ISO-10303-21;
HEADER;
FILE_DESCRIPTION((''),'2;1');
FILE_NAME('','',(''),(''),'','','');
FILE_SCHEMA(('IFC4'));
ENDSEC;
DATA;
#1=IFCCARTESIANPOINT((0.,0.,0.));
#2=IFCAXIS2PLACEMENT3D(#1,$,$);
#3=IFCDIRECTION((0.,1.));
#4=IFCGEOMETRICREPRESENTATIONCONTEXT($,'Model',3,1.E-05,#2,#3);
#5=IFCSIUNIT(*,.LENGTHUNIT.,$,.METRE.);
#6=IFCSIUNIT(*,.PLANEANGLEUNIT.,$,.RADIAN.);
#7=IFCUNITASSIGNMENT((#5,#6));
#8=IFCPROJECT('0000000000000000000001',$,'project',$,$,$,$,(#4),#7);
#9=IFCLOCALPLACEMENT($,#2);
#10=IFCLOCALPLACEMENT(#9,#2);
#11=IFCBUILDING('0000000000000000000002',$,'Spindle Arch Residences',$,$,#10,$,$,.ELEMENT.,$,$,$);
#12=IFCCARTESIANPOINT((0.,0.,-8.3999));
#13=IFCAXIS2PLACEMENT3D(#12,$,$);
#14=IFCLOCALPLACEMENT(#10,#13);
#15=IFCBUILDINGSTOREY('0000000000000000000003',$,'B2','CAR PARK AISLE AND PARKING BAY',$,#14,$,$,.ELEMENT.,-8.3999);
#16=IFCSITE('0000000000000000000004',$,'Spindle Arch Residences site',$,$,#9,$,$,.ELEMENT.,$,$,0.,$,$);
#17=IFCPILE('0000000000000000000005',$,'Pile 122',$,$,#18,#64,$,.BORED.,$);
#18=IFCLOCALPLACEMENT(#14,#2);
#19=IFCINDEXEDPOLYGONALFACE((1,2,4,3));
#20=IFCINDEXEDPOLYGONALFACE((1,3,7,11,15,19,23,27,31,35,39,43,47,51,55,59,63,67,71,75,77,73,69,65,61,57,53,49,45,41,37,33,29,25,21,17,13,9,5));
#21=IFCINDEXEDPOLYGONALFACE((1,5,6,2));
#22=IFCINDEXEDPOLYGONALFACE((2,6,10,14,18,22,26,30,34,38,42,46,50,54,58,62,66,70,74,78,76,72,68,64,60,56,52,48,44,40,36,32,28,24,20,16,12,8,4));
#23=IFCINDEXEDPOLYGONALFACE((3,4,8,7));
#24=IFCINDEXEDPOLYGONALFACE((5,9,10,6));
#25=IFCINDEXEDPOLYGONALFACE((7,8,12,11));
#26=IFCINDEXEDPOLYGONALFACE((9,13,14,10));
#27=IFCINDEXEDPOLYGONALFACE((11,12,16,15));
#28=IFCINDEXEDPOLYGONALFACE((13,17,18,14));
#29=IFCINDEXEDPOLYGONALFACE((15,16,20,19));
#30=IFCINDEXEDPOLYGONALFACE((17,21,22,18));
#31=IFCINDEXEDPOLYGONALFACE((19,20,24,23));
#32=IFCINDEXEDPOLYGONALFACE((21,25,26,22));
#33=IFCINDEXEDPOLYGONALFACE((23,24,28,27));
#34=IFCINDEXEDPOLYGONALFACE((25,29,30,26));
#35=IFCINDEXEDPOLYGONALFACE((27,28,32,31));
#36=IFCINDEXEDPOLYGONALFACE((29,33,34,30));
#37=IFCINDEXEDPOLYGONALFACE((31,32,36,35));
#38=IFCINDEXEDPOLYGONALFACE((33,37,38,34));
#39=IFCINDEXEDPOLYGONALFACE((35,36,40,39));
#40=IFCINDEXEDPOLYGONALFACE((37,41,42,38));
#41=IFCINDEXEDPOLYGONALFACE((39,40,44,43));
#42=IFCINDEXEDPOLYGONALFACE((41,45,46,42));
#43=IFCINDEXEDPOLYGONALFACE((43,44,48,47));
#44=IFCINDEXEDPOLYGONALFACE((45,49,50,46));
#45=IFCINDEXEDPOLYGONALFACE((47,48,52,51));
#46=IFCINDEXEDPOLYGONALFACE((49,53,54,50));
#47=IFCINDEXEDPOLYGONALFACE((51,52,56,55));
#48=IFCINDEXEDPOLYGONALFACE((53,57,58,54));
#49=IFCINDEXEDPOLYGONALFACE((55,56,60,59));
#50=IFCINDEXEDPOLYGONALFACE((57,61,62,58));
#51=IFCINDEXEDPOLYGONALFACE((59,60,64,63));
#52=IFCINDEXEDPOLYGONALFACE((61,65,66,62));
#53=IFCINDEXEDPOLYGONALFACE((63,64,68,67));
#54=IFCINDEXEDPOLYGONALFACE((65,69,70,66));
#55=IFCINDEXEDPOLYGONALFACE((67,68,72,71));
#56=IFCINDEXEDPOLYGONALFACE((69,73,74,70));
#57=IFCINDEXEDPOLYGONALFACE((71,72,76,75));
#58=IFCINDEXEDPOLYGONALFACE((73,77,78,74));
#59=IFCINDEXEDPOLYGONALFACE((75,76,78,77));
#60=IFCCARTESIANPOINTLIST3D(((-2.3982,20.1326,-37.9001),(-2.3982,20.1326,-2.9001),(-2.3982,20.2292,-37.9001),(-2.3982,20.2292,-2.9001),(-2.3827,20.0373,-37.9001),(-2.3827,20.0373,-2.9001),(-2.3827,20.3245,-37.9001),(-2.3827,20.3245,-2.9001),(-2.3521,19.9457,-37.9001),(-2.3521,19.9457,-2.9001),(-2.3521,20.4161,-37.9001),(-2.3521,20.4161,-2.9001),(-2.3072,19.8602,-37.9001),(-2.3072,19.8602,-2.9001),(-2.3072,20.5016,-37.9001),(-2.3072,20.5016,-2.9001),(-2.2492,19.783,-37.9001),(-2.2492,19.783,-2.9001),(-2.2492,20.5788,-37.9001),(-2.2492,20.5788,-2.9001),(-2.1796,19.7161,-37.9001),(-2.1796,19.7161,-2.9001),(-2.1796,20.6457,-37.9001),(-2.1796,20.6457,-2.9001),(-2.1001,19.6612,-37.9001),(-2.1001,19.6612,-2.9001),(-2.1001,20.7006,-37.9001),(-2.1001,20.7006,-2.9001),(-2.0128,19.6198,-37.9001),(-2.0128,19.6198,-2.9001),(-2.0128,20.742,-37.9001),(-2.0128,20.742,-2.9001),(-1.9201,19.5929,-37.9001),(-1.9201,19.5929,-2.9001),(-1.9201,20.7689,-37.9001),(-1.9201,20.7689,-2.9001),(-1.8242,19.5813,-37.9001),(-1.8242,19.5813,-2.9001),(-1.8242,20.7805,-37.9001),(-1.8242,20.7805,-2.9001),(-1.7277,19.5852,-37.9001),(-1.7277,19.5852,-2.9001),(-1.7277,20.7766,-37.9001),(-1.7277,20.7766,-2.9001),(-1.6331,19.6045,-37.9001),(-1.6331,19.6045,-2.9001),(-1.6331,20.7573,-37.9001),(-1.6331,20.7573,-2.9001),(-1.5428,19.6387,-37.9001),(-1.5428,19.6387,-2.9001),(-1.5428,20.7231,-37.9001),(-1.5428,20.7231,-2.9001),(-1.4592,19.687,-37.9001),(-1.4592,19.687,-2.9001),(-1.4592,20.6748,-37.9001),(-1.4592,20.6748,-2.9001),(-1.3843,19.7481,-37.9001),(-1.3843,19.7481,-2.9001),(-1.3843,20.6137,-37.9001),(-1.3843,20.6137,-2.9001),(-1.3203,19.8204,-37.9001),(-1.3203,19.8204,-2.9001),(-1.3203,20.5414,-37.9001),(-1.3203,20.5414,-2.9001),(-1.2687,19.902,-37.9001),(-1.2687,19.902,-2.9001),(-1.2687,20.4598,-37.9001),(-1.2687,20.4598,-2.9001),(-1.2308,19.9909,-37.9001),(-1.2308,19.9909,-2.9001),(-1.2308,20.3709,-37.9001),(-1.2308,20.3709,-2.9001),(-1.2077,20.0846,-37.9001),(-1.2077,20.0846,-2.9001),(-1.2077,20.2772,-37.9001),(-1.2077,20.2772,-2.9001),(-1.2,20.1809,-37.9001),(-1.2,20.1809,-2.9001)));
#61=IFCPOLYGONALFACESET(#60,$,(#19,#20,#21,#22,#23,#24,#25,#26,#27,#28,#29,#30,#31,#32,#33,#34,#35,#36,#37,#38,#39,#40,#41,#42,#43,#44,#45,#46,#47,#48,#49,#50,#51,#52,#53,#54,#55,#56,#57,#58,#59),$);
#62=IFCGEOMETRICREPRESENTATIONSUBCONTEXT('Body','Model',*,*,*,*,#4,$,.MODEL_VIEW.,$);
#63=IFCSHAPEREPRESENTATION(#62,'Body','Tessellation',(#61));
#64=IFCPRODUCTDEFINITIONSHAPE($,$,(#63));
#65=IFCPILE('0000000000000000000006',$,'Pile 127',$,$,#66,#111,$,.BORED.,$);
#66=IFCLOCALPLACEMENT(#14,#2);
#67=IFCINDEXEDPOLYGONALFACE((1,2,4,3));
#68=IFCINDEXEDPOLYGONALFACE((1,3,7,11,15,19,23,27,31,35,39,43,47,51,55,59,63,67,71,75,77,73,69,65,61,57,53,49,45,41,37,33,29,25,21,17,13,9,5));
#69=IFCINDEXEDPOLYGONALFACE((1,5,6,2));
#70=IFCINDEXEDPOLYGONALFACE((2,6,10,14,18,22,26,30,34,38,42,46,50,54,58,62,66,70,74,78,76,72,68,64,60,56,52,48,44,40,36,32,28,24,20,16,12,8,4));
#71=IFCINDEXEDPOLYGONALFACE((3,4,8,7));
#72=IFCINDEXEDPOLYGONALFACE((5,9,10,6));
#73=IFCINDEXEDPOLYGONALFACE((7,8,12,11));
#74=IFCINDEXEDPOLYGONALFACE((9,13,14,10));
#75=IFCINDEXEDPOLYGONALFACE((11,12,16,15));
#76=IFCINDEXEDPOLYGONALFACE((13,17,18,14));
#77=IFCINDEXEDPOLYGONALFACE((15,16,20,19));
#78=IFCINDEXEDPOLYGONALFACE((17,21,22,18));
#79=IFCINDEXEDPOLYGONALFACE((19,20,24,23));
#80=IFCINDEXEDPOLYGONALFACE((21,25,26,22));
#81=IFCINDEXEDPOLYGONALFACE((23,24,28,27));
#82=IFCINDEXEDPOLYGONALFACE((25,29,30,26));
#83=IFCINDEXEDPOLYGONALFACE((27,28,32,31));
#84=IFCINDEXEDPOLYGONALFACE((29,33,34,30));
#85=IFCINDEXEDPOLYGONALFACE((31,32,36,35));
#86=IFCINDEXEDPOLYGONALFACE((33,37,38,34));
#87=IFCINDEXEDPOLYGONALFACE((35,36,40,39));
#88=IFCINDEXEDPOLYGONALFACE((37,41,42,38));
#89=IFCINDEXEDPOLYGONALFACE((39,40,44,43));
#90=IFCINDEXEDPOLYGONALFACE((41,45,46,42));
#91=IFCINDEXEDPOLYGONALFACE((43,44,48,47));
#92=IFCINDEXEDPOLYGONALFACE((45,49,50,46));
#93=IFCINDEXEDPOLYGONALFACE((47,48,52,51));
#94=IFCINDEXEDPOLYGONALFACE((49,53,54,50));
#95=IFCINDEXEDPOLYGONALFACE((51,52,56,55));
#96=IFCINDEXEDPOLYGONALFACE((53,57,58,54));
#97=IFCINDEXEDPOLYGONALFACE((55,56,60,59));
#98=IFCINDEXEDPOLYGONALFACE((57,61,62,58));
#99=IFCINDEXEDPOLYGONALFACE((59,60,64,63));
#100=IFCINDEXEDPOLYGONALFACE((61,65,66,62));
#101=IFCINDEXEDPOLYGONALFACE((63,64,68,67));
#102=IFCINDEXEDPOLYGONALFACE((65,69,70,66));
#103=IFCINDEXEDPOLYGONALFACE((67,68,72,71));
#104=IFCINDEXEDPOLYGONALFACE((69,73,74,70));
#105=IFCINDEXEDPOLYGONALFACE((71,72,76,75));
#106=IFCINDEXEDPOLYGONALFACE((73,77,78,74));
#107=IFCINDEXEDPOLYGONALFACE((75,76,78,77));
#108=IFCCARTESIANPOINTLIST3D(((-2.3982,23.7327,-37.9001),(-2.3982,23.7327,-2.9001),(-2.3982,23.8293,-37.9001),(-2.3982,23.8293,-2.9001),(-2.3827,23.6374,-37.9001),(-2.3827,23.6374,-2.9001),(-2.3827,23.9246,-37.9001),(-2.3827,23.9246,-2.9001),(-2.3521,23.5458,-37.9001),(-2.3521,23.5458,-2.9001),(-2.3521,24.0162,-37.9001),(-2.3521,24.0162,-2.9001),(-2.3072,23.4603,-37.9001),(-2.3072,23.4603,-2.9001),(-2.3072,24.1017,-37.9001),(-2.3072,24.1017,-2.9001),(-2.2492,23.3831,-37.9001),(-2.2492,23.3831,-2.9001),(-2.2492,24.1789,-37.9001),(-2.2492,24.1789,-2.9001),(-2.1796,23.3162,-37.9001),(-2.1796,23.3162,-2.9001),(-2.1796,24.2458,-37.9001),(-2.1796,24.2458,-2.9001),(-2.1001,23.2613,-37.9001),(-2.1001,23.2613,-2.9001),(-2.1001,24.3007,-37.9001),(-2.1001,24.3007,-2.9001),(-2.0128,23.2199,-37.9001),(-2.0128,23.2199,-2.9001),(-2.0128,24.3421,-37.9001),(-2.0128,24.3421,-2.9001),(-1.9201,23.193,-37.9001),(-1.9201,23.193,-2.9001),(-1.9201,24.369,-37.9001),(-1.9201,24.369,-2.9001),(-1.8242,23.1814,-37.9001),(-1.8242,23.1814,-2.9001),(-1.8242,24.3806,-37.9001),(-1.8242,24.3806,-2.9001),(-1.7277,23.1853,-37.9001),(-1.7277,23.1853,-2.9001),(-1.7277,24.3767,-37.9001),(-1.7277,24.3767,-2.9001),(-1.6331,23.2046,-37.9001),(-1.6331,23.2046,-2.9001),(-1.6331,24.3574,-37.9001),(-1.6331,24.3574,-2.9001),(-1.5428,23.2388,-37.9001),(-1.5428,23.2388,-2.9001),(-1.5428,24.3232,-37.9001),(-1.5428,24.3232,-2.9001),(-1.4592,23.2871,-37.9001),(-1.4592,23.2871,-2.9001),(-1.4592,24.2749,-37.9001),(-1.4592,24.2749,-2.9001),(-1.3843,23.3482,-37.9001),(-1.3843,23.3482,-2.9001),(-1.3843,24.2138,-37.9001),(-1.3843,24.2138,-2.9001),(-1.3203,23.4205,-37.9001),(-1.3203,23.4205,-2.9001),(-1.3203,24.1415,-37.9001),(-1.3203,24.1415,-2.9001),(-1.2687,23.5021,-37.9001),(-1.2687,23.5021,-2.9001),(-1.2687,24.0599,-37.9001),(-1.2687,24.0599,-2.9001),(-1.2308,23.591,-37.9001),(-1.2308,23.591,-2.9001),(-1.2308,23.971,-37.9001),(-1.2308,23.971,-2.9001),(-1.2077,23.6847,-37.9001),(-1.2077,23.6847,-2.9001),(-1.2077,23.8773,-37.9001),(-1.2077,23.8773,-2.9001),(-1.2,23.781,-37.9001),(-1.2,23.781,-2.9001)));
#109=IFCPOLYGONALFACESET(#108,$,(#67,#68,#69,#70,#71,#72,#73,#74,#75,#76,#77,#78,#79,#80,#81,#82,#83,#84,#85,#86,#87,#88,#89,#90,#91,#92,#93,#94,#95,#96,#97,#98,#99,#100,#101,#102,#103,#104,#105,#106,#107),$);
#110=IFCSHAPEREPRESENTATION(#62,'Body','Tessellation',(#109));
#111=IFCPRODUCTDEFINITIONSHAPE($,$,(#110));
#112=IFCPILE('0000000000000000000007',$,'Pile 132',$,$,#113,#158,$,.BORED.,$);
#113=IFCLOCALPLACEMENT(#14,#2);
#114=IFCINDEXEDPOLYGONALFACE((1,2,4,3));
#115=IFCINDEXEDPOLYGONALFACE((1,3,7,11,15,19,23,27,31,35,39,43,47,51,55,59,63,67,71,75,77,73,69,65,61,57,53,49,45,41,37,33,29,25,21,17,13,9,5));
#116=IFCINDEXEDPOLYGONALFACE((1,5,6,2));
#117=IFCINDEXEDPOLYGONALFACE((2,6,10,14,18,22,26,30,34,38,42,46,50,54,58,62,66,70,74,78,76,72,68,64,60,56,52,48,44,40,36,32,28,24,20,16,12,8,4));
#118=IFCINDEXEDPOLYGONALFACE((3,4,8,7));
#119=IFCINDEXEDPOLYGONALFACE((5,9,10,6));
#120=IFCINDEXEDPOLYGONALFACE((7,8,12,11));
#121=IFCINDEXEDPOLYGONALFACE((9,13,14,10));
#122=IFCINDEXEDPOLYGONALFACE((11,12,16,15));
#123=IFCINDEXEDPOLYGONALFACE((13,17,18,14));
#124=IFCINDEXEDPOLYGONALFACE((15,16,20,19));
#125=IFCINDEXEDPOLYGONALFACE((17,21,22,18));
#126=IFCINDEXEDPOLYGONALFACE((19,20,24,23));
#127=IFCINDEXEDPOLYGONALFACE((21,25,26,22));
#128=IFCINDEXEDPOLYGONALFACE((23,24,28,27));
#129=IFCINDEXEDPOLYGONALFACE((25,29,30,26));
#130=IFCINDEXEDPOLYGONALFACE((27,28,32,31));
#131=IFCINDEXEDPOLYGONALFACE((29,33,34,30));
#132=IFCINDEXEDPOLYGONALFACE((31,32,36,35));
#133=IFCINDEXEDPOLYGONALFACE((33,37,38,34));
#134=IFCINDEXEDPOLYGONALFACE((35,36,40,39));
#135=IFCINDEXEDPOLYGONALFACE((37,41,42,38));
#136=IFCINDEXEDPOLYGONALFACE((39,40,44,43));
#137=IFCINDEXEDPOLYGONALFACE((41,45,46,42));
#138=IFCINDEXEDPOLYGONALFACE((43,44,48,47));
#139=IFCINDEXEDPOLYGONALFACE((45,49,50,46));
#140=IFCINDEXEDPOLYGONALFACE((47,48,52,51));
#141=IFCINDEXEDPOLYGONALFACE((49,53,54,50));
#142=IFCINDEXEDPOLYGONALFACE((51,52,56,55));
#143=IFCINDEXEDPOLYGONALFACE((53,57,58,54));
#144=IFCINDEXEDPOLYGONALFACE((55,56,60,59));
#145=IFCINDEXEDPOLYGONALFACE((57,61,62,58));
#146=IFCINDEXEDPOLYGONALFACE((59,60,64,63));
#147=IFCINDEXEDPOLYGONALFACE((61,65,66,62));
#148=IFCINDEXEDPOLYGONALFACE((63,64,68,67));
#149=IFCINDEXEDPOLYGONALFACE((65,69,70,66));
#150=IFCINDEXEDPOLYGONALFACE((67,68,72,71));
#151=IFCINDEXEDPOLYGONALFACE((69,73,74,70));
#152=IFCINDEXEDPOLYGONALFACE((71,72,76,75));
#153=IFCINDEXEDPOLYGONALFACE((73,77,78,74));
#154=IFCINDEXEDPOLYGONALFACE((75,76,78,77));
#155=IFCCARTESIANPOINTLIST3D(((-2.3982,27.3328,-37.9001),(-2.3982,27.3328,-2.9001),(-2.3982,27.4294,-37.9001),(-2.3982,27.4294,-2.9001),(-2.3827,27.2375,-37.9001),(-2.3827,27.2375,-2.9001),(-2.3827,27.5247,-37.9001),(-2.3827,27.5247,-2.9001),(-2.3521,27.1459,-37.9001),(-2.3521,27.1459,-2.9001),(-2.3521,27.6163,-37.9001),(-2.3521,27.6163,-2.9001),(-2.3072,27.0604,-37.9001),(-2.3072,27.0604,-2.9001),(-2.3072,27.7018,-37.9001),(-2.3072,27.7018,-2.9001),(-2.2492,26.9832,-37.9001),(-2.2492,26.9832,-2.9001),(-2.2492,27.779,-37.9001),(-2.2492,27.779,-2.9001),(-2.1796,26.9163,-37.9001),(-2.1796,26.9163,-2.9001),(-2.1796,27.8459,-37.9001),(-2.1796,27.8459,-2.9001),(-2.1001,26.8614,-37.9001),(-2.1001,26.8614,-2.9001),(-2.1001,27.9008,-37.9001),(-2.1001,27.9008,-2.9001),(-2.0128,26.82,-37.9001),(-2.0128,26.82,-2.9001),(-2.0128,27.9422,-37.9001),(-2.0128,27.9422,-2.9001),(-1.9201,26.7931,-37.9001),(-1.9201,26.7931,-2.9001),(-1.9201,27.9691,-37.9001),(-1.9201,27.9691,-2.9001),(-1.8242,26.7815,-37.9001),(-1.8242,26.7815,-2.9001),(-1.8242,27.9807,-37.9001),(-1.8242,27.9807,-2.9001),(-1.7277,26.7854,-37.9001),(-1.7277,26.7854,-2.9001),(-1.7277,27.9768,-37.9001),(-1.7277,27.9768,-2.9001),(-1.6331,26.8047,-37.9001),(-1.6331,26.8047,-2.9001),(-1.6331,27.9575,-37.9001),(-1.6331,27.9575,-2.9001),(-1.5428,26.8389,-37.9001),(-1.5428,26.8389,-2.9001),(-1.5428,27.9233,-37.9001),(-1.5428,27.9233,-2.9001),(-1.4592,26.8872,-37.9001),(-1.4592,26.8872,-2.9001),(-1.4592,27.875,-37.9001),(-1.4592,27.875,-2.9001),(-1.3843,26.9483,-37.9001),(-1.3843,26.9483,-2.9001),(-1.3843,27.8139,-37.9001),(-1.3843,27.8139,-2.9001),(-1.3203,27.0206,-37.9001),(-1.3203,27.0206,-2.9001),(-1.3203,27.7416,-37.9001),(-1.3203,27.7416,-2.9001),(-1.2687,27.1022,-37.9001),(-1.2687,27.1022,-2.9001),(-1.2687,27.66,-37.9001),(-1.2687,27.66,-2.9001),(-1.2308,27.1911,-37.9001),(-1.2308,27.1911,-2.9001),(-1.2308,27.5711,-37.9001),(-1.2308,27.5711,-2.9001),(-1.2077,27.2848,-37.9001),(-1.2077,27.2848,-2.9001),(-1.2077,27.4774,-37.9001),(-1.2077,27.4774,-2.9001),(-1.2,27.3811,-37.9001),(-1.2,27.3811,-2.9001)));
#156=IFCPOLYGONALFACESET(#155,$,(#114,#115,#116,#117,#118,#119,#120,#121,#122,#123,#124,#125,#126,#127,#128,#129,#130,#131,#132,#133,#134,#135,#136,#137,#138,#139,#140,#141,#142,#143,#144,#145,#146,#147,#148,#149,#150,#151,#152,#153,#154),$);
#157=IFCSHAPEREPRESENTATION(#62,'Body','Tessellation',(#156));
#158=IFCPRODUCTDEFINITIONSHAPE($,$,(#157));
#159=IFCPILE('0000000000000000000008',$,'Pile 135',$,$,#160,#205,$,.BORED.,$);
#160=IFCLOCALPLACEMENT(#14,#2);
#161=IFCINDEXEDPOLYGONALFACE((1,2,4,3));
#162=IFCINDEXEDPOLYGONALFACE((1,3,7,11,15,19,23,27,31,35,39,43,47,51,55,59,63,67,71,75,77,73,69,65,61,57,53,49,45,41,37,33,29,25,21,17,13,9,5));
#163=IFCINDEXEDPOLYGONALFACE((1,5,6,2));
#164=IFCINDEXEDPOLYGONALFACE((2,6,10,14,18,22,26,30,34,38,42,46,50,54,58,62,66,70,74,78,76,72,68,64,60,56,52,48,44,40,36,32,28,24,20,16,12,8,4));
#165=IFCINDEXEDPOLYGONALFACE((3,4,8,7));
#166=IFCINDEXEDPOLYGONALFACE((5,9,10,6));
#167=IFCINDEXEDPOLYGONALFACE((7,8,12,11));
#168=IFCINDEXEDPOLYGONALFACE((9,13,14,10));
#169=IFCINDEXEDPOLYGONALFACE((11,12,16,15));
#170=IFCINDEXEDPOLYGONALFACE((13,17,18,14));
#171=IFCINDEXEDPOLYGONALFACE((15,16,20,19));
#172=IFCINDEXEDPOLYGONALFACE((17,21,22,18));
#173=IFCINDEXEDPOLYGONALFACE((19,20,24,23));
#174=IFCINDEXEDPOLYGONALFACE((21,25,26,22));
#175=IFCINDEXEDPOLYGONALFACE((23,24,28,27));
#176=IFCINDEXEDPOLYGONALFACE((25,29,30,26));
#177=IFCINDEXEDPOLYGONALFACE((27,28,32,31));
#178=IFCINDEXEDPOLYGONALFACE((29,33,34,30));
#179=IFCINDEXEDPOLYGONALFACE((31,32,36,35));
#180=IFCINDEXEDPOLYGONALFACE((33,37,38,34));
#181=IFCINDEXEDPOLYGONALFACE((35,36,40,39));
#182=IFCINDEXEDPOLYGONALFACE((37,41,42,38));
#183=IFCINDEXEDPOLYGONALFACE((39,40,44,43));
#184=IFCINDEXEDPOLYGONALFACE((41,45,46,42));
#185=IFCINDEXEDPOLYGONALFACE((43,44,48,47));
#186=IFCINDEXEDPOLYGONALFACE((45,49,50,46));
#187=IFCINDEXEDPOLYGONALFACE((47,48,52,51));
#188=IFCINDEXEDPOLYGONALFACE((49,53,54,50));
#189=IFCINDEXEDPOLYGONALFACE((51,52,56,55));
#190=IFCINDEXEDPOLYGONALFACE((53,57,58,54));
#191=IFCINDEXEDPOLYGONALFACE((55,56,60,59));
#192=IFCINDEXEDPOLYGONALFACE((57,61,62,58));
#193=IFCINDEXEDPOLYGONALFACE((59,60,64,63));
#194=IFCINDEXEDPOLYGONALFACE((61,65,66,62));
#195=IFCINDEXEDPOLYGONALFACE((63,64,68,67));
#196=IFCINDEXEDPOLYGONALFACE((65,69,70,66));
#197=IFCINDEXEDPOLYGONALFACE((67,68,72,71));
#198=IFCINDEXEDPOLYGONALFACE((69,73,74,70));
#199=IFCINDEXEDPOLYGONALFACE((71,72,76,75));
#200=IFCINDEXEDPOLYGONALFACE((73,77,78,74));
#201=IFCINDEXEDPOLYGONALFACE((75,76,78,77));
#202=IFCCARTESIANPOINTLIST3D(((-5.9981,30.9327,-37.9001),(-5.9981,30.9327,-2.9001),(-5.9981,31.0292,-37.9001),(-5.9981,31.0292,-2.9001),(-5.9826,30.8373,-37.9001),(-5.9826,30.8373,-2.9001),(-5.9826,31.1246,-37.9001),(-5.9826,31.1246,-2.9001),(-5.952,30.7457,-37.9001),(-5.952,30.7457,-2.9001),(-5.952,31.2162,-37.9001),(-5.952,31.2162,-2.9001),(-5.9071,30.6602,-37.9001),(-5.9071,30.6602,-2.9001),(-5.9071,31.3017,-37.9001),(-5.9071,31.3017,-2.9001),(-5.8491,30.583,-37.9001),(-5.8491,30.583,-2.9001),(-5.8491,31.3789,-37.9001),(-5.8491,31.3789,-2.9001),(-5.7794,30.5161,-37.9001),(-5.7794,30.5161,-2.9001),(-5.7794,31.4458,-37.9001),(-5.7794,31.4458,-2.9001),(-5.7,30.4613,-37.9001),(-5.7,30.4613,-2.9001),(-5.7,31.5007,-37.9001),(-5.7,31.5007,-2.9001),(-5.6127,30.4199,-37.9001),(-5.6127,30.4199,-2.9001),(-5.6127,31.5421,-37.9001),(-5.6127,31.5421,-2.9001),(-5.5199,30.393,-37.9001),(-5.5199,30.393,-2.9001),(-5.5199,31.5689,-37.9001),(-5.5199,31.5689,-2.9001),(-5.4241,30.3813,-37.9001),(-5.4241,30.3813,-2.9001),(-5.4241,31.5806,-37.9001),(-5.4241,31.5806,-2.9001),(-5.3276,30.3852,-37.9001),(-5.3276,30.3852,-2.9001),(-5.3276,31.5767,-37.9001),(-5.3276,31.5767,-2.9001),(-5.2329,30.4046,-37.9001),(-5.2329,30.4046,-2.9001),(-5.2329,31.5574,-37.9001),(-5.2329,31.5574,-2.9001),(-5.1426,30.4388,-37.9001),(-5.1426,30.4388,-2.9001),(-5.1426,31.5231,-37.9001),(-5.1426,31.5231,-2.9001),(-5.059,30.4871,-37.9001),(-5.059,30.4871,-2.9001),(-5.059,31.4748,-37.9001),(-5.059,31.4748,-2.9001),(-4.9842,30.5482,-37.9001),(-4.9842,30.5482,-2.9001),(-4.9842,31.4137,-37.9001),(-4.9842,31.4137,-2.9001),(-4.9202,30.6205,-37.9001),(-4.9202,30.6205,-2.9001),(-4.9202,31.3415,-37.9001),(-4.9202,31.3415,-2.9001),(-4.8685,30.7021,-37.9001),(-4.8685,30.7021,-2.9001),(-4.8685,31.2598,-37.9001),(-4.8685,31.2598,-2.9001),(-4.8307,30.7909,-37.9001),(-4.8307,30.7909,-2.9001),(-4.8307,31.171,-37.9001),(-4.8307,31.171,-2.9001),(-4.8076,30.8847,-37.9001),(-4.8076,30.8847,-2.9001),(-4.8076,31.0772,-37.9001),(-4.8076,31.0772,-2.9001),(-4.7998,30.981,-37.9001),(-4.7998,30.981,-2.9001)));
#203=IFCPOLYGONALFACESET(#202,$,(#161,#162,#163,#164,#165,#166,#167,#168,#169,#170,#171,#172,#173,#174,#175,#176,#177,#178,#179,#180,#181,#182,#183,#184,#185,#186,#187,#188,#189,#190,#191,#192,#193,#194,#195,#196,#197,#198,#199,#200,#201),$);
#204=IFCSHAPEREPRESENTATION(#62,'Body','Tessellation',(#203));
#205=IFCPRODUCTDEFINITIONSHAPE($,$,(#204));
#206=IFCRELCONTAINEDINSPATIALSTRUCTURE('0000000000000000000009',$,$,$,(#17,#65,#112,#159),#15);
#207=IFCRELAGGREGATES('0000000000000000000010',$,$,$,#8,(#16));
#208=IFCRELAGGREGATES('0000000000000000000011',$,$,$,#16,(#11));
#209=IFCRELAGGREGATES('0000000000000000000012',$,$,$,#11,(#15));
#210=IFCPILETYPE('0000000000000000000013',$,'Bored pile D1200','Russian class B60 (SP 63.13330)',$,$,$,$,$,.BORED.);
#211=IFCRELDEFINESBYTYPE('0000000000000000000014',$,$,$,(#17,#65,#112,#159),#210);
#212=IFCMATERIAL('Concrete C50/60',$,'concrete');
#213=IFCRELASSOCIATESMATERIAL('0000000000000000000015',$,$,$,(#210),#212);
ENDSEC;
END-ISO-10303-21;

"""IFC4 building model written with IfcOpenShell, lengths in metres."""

from ifc_helpers import new_model, si_unit, direction, frame, origin, origin_2d, place, context, subcontext, project, spatial, circle, extrude, material, material_profile, profile_set, type_object, element, save


model = new_model("IFC4")

# Units and contexts
model_context = context("Model", 3, precision=1e-05, world=origin(), true_north=direction((0.0, 1.0)))
body_context = subcontext(model_context, "Body", "Model", "MODEL_VIEW")
ifc_project = project(units=[si_unit("LENGTHUNIT", "METRE"), si_unit("PLANEANGLEUNIT", "RADIAN")], contexts=[model_context])

# Site, building, storey
site_placement = place(None, origin())
site = spatial("IfcSite", under=ifc_project, at=site_placement, Name="Spindle Arch Residences site", CompositionType="ELEMENT", RefElevation=0.0)
building_placement = place(site_placement, origin())
building = spatial("IfcBuilding", under=site, at=building_placement, Name="Spindle Arch Residences", CompositionType="ELEMENT")
storey_placement = place(building_placement, frame((0.0, 0.0, -8.3999)))
storey = spatial("IfcBuildingStorey", under=building, at=storey_placement, Name="B2", Description="CAR PARK AISLE AND PARKING BAY", CompositionType="ELEMENT", Elevation=-8.3999)

# Piles
ifc_material_1 = material(Name="Concrete C50/60", Category="concrete")
ifc_material_profile_1 = material_profile(ifc_material_1, circle(Radius=0.6001, at=origin_2d()), Name="BP D1200")
ifc_profile_set_1 = profile_set([ifc_material_profile_1], Name="Concrete C50/60")
pile_type = type_object("IfcPileType", Name="Bored pile D1200", Description="Russian class B60 (SP 63.13330)", PredefinedType="BORED", material=ifc_profile_set_1)
for number, where, z_axis, x_axis, name in (
    (1, (-1.8, 20.1809, -2.9001), (0.0, 0.0, -1.0), (1.0, 0.0, 0.0), "Pile 122"),
    (2, (-1.8, 23.781, -2.9001), (0.0, 0.0, -1.0), (1.0, 0.0, 0.0), "Pile 127"),
    (3, (-1.8, 27.3811, -2.9001), (0.0, 0.0, -1.0), (1.0, 0.0, 0.0), "Pile 132"),
    (4, (-5.3999, 30.981, -2.9001), (0.0, 0.0, -1.0), (1.0, 0.0, 0.0), "Pile 135"),
):
    element("IfcPile", number, at=place(storey_placement, frame(where, z_axis=z_axis, x_axis=x_axis)), inside=storey, type_object=pile_type, Name=name, PredefinedType="BORED", context=body_context, shape_type="SweptSolid", body=[
        extrude(circle(Radius=0.6001, at=origin_2d()), origin(), (0.0, 0.0, 1.0), 35.0),
    ])

save(model, "model.ifc")
